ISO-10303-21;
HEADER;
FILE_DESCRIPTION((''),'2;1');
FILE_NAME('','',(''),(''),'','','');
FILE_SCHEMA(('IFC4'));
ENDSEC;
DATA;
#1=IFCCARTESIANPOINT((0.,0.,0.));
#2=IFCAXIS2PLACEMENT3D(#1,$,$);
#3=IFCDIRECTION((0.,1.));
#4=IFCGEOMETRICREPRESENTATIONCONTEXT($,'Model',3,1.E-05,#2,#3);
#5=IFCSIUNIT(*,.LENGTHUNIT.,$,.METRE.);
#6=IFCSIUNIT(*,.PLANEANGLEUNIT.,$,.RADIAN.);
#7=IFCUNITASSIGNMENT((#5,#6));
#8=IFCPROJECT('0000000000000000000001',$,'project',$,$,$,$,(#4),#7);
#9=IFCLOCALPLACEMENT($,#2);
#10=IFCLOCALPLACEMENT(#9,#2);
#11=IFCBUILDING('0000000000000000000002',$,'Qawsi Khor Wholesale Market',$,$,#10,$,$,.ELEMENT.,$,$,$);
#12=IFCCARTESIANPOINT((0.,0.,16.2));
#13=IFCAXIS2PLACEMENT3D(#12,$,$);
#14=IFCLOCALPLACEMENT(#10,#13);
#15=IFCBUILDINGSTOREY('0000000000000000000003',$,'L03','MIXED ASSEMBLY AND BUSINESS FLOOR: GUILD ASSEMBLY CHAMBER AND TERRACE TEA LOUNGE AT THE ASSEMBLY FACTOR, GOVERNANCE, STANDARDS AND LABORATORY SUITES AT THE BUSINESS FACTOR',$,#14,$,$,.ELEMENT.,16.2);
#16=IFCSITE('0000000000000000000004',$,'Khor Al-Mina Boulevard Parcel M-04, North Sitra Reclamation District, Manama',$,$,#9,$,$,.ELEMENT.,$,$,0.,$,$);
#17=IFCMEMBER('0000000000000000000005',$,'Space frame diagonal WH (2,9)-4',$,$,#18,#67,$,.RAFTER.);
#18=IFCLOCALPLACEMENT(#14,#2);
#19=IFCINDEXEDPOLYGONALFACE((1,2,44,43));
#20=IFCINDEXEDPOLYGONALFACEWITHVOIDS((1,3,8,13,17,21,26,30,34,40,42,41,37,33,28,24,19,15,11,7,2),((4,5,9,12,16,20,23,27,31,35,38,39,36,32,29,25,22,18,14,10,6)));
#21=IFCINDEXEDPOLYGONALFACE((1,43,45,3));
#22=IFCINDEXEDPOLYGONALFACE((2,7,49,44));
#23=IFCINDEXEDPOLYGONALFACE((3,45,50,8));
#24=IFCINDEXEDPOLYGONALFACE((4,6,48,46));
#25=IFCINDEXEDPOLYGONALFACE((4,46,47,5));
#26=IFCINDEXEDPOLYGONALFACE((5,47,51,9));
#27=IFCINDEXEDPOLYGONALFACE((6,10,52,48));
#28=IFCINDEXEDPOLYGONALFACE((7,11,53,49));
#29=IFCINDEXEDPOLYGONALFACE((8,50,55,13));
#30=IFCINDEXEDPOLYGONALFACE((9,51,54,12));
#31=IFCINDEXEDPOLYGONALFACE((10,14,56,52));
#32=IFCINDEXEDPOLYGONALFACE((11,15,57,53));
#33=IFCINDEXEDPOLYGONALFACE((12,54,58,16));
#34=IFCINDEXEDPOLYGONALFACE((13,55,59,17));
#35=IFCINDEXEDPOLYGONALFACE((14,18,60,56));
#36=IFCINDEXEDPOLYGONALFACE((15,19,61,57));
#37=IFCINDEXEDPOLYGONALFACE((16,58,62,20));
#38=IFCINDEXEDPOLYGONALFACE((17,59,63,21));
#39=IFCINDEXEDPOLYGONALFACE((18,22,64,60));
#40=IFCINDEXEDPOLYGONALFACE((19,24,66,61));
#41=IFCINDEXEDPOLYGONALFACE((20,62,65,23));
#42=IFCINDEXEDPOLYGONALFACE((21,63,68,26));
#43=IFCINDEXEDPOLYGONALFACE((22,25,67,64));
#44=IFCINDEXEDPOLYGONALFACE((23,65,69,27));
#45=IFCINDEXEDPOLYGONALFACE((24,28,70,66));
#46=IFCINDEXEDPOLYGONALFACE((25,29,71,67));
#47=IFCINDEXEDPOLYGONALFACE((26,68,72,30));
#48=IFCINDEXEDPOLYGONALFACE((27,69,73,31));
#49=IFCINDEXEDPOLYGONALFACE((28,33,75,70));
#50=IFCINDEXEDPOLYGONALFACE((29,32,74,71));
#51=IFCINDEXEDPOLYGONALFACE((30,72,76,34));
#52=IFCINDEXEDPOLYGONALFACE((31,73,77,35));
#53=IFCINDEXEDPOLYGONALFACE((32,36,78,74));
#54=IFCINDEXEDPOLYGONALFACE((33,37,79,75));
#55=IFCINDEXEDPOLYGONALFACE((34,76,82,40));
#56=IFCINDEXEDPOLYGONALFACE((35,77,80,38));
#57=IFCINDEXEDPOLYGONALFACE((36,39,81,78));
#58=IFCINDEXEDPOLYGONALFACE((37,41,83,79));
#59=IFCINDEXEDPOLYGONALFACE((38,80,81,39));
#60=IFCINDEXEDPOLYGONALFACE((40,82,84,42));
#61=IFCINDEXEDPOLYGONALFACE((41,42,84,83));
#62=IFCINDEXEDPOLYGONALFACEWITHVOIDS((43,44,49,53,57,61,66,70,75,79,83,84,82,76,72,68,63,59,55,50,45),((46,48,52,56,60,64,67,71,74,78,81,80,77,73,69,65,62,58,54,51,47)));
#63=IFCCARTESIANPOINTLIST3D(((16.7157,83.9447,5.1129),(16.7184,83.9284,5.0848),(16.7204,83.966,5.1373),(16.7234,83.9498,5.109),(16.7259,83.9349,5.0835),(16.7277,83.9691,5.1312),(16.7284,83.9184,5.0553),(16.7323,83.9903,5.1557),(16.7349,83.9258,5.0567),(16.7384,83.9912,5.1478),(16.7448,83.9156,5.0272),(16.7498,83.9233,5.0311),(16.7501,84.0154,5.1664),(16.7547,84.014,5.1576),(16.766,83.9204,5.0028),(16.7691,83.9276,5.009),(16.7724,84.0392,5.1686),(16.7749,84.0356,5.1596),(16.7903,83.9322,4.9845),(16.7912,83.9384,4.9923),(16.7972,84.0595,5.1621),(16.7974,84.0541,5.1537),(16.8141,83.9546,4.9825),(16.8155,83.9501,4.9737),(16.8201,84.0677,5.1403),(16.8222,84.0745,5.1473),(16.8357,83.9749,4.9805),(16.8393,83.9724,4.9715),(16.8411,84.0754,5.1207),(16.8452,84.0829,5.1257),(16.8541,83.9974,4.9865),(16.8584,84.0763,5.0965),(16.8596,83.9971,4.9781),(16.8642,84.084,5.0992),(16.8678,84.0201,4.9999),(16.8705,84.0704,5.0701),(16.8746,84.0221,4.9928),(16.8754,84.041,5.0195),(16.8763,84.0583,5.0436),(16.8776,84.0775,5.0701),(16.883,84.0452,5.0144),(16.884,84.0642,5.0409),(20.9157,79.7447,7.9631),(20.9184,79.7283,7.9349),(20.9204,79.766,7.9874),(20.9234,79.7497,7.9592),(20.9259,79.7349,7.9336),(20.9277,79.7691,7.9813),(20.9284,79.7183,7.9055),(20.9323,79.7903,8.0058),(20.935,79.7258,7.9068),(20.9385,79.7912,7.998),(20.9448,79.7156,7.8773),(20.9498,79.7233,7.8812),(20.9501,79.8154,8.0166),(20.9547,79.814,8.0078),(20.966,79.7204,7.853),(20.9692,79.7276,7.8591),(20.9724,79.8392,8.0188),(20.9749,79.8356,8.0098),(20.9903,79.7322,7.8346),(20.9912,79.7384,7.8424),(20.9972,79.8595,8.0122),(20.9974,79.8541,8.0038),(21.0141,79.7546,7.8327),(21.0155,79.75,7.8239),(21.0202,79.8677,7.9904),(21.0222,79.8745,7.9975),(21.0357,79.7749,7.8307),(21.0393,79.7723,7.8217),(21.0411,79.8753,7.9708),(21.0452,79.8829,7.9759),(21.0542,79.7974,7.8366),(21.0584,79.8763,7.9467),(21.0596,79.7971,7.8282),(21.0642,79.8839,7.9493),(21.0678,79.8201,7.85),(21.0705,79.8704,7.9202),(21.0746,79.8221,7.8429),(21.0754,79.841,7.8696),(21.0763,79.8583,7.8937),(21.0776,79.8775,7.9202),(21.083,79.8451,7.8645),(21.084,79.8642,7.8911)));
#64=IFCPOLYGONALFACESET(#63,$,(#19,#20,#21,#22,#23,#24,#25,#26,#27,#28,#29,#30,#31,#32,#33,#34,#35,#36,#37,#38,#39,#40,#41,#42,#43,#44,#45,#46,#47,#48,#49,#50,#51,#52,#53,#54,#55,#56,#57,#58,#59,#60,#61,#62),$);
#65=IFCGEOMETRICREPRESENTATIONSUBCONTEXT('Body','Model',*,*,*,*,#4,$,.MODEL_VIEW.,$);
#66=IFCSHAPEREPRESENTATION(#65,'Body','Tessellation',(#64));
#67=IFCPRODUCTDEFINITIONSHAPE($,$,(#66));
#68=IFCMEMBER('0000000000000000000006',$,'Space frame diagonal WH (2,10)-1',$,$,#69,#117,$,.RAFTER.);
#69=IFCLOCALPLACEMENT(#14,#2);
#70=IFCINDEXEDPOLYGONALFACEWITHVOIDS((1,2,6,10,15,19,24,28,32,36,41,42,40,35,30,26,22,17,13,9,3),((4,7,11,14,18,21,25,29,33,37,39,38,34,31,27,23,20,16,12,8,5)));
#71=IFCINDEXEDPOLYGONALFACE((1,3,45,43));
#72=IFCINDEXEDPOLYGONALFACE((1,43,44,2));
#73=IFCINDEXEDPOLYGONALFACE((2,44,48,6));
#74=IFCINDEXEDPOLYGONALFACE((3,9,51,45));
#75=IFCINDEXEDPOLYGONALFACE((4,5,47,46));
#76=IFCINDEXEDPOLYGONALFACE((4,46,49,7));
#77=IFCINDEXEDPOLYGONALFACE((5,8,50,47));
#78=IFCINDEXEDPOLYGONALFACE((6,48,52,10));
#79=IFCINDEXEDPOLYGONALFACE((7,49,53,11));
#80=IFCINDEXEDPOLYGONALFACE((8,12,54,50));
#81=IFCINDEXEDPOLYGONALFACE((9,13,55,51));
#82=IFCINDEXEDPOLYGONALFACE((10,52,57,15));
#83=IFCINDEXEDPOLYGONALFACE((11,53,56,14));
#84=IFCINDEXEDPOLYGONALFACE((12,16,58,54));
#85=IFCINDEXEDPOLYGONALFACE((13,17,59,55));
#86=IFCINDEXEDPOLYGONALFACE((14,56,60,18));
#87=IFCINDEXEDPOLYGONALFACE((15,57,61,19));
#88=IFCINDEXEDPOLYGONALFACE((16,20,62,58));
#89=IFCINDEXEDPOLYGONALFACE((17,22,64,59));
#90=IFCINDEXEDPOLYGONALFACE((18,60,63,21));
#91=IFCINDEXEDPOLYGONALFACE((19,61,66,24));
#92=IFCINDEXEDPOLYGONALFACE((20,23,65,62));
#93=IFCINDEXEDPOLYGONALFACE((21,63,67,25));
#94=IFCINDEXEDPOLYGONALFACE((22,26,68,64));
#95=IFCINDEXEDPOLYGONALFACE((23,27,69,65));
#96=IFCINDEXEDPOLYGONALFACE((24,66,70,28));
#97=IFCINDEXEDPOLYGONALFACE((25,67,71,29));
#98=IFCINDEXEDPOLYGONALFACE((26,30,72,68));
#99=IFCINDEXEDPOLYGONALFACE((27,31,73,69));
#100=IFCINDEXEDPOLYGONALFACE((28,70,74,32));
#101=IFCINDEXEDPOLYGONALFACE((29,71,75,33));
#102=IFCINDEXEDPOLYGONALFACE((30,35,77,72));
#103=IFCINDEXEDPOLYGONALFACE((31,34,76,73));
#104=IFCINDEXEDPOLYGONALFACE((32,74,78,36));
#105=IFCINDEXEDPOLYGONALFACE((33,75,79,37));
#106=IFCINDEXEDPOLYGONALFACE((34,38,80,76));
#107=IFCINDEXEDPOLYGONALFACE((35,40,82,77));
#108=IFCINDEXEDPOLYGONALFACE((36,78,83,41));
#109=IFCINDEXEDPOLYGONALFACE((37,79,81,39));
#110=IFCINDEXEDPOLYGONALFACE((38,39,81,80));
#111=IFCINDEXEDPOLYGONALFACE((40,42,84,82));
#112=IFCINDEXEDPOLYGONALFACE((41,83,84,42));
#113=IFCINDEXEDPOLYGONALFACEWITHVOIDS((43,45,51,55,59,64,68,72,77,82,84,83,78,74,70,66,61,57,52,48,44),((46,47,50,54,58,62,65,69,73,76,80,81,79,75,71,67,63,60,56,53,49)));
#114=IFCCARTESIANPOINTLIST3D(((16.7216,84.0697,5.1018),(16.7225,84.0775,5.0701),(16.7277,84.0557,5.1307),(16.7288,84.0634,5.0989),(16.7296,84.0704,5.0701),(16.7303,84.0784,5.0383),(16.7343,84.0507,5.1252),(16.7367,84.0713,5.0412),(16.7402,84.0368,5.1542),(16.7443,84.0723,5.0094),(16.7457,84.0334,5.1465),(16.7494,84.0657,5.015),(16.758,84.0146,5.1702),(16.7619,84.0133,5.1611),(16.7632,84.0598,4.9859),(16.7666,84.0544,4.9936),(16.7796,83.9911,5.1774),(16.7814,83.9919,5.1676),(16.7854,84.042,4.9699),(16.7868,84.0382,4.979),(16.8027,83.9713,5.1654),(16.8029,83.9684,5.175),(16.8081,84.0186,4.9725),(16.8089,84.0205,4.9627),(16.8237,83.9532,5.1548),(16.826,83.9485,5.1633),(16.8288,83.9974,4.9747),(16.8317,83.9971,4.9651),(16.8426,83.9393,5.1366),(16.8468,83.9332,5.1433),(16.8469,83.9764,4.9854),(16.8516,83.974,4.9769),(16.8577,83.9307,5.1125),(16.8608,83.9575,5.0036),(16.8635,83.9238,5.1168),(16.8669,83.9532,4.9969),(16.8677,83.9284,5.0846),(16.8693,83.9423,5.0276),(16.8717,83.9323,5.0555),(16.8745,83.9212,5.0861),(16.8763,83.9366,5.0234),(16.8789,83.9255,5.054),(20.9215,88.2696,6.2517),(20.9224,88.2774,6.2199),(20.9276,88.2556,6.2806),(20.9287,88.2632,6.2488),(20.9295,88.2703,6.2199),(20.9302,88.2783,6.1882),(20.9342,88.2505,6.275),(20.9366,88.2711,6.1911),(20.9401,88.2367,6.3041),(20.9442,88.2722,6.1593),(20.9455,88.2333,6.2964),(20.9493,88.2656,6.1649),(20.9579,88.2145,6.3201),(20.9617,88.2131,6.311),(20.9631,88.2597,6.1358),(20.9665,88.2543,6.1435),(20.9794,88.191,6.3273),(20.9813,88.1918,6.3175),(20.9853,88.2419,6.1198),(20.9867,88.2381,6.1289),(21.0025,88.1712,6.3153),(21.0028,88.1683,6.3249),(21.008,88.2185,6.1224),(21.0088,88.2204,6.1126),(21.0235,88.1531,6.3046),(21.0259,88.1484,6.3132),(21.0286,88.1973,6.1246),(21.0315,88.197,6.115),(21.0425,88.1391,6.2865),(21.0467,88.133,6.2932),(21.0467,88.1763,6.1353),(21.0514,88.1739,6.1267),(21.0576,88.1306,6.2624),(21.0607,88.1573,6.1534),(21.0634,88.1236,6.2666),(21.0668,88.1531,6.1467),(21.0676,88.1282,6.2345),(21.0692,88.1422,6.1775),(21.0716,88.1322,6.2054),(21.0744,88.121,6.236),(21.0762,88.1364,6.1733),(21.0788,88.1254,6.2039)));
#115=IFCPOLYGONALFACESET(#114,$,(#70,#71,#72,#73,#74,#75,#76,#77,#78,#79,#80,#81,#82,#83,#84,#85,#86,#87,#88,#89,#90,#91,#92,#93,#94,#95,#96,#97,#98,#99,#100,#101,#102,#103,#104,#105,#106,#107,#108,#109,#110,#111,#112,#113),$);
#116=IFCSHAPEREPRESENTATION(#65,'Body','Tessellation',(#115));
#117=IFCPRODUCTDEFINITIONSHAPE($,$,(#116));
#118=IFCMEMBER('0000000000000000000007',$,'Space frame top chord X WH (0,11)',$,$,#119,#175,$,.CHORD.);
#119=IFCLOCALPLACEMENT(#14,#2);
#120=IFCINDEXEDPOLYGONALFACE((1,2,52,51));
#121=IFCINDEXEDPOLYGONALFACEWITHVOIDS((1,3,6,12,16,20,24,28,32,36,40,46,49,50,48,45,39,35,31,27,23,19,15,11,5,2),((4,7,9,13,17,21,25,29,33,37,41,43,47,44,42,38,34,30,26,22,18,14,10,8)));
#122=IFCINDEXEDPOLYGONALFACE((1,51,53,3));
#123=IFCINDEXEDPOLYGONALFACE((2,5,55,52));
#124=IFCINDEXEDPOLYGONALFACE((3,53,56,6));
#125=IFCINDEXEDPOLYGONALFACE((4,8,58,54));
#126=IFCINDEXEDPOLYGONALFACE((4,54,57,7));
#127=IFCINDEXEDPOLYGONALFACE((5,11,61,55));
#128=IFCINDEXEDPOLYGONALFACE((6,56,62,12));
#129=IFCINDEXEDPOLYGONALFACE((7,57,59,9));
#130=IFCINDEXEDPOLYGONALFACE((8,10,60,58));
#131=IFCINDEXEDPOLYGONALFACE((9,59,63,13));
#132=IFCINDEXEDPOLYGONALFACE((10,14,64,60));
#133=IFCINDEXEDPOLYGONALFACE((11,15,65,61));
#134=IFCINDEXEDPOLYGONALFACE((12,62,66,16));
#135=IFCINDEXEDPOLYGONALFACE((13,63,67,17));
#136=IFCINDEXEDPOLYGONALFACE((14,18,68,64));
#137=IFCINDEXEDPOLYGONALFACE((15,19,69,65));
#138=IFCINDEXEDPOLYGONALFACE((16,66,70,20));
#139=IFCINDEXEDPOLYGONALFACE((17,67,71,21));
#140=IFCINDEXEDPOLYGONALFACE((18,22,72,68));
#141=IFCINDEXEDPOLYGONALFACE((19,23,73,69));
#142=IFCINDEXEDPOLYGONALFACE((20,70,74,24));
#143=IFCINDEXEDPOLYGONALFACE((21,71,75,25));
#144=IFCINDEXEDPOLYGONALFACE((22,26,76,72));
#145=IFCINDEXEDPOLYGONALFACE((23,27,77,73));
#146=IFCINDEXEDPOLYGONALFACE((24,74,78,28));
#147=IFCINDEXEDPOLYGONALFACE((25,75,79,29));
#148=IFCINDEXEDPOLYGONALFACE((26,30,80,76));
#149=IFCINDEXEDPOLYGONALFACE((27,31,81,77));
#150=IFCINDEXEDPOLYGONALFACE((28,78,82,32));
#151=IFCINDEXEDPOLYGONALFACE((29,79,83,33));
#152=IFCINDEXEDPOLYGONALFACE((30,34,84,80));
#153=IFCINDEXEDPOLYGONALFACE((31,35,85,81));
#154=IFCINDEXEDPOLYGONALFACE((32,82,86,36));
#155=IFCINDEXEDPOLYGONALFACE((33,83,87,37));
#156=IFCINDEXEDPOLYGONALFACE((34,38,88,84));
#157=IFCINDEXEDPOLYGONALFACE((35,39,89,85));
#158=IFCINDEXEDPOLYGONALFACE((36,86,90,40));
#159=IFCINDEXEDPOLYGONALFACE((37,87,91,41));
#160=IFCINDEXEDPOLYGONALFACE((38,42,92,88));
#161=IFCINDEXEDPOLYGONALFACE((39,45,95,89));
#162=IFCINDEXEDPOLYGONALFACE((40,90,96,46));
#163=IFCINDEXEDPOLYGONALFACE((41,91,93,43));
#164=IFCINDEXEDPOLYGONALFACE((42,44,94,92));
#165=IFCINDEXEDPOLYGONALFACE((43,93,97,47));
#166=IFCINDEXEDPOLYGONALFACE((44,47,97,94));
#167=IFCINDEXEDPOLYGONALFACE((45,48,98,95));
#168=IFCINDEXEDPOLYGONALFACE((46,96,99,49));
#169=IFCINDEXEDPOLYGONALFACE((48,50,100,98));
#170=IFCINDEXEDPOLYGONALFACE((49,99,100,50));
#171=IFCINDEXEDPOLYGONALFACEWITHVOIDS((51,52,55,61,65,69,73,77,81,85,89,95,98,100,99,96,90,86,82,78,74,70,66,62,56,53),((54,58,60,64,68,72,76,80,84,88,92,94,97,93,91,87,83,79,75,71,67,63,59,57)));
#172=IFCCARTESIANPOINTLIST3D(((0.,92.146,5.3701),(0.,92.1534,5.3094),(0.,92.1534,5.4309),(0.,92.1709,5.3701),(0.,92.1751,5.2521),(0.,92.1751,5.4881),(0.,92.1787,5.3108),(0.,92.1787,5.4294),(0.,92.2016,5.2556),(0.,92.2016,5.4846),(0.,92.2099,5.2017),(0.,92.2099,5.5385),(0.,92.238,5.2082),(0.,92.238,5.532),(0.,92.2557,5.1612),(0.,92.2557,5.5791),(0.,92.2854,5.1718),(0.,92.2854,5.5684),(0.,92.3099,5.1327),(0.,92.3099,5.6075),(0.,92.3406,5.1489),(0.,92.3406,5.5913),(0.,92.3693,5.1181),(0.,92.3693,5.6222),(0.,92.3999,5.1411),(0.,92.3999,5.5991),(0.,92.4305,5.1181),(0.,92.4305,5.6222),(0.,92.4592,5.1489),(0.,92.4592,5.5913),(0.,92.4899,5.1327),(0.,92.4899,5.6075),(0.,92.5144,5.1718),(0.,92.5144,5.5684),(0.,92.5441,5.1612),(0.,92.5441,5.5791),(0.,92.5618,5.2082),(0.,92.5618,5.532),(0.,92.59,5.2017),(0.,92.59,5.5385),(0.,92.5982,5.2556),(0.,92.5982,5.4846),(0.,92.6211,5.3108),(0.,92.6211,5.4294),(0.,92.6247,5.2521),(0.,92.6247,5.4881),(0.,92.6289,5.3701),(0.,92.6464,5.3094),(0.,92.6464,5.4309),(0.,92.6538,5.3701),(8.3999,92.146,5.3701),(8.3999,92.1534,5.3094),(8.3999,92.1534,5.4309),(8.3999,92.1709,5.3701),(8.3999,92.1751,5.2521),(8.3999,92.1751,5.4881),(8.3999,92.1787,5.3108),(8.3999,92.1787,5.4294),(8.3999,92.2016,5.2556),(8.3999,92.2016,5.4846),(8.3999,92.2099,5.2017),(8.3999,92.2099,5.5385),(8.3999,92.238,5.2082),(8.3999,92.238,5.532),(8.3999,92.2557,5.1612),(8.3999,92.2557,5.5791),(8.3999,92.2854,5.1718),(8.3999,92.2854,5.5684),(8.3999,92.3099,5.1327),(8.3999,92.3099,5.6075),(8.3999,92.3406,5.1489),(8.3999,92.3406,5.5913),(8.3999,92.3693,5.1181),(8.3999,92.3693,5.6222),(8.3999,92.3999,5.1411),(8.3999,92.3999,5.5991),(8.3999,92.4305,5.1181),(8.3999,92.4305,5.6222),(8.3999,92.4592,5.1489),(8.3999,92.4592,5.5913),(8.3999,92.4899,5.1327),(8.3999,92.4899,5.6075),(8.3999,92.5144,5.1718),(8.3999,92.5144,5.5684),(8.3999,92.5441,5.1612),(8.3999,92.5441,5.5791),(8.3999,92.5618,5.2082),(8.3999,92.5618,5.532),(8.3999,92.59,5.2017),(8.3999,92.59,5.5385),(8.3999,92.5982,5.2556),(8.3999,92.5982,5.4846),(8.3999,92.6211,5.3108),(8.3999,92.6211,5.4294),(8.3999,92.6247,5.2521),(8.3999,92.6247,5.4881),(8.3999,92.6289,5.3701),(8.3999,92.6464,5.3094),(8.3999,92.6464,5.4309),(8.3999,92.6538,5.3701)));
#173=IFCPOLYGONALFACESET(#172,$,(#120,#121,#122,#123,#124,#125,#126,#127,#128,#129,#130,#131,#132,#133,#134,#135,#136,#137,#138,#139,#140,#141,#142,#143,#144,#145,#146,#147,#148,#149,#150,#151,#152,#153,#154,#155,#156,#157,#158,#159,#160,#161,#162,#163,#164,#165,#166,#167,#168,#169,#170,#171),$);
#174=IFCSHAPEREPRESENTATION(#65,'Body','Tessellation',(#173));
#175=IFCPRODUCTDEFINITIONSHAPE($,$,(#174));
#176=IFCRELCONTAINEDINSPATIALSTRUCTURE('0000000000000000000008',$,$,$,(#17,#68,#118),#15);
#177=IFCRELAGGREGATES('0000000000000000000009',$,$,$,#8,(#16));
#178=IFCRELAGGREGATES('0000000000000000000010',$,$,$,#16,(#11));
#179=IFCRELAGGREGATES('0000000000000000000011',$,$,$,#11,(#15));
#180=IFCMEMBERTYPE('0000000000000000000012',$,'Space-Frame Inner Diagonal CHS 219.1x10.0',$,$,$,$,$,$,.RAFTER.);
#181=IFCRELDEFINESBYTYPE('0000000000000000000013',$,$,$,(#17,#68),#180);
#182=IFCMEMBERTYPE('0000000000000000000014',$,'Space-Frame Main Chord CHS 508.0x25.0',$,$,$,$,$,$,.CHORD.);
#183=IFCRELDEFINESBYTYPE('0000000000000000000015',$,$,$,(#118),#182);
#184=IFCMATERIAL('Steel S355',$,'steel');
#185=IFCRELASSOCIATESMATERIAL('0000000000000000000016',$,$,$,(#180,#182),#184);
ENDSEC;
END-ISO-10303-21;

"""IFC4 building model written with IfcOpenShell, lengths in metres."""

from ifc_helpers import new_model, si_unit, direction, frame, origin, origin_2d, place, context, subcontext, project, spatial, hollow_circle, extrude, material, material_profile, profile_set, type_object, element, save


model = new_model("IFC4")

# Units and contexts
model_context = context("Model", 3, precision=1e-05, world=origin(), true_north=direction((0.0, 1.0)))
body_context = subcontext(model_context, "Body", "Model", "MODEL_VIEW")
ifc_project = project(units=[si_unit("LENGTHUNIT", "METRE"), si_unit("PLANEANGLEUNIT", "RADIAN")], contexts=[model_context])

# Site, building, storey
site_placement = place(None, origin())
site = spatial("IfcSite", under=ifc_project, at=site_placement, Name="Khor Al-Mina Boulevard Parcel M-04, North Sitra Reclamation District, Manama", CompositionType="ELEMENT", RefElevation=0.0)
building_placement = place(site_placement, origin())
building = spatial("IfcBuilding", under=site, at=building_placement, Name="Qawsi Khor Wholesale Market", CompositionType="ELEMENT")
storey_placement = place(building_placement, frame((0.0, 0.0, 16.2)))
storey = spatial("IfcBuildingStorey", under=building, at=storey_placement, Name="L03", Description="MIXED ASSEMBLY AND BUSINESS FLOOR: GUILD ASSEMBLY CHAMBER AND TERRACE TEA LOUNGE AT THE ASSEMBLY FACTOR, GOVERNANCE, STANDARDS AND LABORATORY SUITES AT THE BUSINESS FACTOR", CompositionType="ELEMENT", Elevation=16.2)

# Members
ifc_material_1 = material(Name="Steel S355", Category="steel")
ifc_material_profile_1 = material_profile(ifc_material_1, hollow_circle(Radius=0.1096, WallThickness=0.01, at=origin_2d()), Name="CHS 219.1x10.0")
ifc_profile_set_1 = profile_set([ifc_material_profile_1], Name="Steel S355")
member_type_1 = type_object("IfcMemberType", Name="Space-Frame Inner Diagonal CHS 219.1x10.0", PredefinedType="RAFTER", material=ifc_profile_set_1)
member_1_placement = place(storey_placement, frame((16.8, 84.0, 5.0701), z_axis=(0.637512, -0.637512, 0.432617), x_axis=(0.707107, 0.707107, 0.0)))
element("IfcMember", 1, at=member_1_placement, inside=storey, type_object=member_type_1, Name="Space frame diagonal WH (2,9)-4", PredefinedType="RAFTER", context=body_context, shape_type="SweptSolid", body=[
    extrude(hollow_circle(Radius=0.1096, WallThickness=0.01, at=origin_2d()), origin(), (0.0, 0.0, 1.0), 6.5881),
])
member_2_placement = place(storey_placement, frame((16.8, 84.0, 5.0701), z_axis=(0.694217, 0.694217, 0.190069), x_axis=(-0.707107, 0.707107, 0.0)))
element("IfcMember", 2, at=member_2_placement, inside=storey, type_object=member_type_1, Name="Space frame diagonal WH (2,10)-1", PredefinedType="RAFTER", context=body_context, shape_type="SweptSolid", body=[
    extrude(hollow_circle(Radius=0.1096, WallThickness=0.01, at=origin_2d()), origin(), (0.0, 0.0, 1.0), 6.0498),
])
ifc_material_profile_2 = material_profile(ifc_material_1, hollow_circle(Radius=0.2539, WallThickness=0.0249, at=origin_2d()), Name="CHS 508.0x25.0")
ifc_profile_set_2 = profile_set([ifc_material_profile_2], Name="Steel S355")
member_type_2 = type_object("IfcMemberType", Name="Space-Frame Main Chord CHS 508.0x25.0", PredefinedType="CHORD", material=ifc_profile_set_2)
member_3_placement = place(storey_placement, frame((0.0, 92.3999, 5.3701), z_axis=(1.0, 0.0, 0.0), x_axis=(0.0, 1.0, 0.0)))
element("IfcMember", 3, at=member_3_placement, inside=storey, type_object=member_type_2, Name="Space frame top chord X WH (0,11)", PredefinedType="CHORD", context=body_context, shape_type="SweptSolid", body=[
    extrude(hollow_circle(Radius=0.2539, WallThickness=0.0249, at=origin_2d()), origin(), (0.0, 0.0, 1.0), 8.3999),
])

save(model, "model.ifc")
